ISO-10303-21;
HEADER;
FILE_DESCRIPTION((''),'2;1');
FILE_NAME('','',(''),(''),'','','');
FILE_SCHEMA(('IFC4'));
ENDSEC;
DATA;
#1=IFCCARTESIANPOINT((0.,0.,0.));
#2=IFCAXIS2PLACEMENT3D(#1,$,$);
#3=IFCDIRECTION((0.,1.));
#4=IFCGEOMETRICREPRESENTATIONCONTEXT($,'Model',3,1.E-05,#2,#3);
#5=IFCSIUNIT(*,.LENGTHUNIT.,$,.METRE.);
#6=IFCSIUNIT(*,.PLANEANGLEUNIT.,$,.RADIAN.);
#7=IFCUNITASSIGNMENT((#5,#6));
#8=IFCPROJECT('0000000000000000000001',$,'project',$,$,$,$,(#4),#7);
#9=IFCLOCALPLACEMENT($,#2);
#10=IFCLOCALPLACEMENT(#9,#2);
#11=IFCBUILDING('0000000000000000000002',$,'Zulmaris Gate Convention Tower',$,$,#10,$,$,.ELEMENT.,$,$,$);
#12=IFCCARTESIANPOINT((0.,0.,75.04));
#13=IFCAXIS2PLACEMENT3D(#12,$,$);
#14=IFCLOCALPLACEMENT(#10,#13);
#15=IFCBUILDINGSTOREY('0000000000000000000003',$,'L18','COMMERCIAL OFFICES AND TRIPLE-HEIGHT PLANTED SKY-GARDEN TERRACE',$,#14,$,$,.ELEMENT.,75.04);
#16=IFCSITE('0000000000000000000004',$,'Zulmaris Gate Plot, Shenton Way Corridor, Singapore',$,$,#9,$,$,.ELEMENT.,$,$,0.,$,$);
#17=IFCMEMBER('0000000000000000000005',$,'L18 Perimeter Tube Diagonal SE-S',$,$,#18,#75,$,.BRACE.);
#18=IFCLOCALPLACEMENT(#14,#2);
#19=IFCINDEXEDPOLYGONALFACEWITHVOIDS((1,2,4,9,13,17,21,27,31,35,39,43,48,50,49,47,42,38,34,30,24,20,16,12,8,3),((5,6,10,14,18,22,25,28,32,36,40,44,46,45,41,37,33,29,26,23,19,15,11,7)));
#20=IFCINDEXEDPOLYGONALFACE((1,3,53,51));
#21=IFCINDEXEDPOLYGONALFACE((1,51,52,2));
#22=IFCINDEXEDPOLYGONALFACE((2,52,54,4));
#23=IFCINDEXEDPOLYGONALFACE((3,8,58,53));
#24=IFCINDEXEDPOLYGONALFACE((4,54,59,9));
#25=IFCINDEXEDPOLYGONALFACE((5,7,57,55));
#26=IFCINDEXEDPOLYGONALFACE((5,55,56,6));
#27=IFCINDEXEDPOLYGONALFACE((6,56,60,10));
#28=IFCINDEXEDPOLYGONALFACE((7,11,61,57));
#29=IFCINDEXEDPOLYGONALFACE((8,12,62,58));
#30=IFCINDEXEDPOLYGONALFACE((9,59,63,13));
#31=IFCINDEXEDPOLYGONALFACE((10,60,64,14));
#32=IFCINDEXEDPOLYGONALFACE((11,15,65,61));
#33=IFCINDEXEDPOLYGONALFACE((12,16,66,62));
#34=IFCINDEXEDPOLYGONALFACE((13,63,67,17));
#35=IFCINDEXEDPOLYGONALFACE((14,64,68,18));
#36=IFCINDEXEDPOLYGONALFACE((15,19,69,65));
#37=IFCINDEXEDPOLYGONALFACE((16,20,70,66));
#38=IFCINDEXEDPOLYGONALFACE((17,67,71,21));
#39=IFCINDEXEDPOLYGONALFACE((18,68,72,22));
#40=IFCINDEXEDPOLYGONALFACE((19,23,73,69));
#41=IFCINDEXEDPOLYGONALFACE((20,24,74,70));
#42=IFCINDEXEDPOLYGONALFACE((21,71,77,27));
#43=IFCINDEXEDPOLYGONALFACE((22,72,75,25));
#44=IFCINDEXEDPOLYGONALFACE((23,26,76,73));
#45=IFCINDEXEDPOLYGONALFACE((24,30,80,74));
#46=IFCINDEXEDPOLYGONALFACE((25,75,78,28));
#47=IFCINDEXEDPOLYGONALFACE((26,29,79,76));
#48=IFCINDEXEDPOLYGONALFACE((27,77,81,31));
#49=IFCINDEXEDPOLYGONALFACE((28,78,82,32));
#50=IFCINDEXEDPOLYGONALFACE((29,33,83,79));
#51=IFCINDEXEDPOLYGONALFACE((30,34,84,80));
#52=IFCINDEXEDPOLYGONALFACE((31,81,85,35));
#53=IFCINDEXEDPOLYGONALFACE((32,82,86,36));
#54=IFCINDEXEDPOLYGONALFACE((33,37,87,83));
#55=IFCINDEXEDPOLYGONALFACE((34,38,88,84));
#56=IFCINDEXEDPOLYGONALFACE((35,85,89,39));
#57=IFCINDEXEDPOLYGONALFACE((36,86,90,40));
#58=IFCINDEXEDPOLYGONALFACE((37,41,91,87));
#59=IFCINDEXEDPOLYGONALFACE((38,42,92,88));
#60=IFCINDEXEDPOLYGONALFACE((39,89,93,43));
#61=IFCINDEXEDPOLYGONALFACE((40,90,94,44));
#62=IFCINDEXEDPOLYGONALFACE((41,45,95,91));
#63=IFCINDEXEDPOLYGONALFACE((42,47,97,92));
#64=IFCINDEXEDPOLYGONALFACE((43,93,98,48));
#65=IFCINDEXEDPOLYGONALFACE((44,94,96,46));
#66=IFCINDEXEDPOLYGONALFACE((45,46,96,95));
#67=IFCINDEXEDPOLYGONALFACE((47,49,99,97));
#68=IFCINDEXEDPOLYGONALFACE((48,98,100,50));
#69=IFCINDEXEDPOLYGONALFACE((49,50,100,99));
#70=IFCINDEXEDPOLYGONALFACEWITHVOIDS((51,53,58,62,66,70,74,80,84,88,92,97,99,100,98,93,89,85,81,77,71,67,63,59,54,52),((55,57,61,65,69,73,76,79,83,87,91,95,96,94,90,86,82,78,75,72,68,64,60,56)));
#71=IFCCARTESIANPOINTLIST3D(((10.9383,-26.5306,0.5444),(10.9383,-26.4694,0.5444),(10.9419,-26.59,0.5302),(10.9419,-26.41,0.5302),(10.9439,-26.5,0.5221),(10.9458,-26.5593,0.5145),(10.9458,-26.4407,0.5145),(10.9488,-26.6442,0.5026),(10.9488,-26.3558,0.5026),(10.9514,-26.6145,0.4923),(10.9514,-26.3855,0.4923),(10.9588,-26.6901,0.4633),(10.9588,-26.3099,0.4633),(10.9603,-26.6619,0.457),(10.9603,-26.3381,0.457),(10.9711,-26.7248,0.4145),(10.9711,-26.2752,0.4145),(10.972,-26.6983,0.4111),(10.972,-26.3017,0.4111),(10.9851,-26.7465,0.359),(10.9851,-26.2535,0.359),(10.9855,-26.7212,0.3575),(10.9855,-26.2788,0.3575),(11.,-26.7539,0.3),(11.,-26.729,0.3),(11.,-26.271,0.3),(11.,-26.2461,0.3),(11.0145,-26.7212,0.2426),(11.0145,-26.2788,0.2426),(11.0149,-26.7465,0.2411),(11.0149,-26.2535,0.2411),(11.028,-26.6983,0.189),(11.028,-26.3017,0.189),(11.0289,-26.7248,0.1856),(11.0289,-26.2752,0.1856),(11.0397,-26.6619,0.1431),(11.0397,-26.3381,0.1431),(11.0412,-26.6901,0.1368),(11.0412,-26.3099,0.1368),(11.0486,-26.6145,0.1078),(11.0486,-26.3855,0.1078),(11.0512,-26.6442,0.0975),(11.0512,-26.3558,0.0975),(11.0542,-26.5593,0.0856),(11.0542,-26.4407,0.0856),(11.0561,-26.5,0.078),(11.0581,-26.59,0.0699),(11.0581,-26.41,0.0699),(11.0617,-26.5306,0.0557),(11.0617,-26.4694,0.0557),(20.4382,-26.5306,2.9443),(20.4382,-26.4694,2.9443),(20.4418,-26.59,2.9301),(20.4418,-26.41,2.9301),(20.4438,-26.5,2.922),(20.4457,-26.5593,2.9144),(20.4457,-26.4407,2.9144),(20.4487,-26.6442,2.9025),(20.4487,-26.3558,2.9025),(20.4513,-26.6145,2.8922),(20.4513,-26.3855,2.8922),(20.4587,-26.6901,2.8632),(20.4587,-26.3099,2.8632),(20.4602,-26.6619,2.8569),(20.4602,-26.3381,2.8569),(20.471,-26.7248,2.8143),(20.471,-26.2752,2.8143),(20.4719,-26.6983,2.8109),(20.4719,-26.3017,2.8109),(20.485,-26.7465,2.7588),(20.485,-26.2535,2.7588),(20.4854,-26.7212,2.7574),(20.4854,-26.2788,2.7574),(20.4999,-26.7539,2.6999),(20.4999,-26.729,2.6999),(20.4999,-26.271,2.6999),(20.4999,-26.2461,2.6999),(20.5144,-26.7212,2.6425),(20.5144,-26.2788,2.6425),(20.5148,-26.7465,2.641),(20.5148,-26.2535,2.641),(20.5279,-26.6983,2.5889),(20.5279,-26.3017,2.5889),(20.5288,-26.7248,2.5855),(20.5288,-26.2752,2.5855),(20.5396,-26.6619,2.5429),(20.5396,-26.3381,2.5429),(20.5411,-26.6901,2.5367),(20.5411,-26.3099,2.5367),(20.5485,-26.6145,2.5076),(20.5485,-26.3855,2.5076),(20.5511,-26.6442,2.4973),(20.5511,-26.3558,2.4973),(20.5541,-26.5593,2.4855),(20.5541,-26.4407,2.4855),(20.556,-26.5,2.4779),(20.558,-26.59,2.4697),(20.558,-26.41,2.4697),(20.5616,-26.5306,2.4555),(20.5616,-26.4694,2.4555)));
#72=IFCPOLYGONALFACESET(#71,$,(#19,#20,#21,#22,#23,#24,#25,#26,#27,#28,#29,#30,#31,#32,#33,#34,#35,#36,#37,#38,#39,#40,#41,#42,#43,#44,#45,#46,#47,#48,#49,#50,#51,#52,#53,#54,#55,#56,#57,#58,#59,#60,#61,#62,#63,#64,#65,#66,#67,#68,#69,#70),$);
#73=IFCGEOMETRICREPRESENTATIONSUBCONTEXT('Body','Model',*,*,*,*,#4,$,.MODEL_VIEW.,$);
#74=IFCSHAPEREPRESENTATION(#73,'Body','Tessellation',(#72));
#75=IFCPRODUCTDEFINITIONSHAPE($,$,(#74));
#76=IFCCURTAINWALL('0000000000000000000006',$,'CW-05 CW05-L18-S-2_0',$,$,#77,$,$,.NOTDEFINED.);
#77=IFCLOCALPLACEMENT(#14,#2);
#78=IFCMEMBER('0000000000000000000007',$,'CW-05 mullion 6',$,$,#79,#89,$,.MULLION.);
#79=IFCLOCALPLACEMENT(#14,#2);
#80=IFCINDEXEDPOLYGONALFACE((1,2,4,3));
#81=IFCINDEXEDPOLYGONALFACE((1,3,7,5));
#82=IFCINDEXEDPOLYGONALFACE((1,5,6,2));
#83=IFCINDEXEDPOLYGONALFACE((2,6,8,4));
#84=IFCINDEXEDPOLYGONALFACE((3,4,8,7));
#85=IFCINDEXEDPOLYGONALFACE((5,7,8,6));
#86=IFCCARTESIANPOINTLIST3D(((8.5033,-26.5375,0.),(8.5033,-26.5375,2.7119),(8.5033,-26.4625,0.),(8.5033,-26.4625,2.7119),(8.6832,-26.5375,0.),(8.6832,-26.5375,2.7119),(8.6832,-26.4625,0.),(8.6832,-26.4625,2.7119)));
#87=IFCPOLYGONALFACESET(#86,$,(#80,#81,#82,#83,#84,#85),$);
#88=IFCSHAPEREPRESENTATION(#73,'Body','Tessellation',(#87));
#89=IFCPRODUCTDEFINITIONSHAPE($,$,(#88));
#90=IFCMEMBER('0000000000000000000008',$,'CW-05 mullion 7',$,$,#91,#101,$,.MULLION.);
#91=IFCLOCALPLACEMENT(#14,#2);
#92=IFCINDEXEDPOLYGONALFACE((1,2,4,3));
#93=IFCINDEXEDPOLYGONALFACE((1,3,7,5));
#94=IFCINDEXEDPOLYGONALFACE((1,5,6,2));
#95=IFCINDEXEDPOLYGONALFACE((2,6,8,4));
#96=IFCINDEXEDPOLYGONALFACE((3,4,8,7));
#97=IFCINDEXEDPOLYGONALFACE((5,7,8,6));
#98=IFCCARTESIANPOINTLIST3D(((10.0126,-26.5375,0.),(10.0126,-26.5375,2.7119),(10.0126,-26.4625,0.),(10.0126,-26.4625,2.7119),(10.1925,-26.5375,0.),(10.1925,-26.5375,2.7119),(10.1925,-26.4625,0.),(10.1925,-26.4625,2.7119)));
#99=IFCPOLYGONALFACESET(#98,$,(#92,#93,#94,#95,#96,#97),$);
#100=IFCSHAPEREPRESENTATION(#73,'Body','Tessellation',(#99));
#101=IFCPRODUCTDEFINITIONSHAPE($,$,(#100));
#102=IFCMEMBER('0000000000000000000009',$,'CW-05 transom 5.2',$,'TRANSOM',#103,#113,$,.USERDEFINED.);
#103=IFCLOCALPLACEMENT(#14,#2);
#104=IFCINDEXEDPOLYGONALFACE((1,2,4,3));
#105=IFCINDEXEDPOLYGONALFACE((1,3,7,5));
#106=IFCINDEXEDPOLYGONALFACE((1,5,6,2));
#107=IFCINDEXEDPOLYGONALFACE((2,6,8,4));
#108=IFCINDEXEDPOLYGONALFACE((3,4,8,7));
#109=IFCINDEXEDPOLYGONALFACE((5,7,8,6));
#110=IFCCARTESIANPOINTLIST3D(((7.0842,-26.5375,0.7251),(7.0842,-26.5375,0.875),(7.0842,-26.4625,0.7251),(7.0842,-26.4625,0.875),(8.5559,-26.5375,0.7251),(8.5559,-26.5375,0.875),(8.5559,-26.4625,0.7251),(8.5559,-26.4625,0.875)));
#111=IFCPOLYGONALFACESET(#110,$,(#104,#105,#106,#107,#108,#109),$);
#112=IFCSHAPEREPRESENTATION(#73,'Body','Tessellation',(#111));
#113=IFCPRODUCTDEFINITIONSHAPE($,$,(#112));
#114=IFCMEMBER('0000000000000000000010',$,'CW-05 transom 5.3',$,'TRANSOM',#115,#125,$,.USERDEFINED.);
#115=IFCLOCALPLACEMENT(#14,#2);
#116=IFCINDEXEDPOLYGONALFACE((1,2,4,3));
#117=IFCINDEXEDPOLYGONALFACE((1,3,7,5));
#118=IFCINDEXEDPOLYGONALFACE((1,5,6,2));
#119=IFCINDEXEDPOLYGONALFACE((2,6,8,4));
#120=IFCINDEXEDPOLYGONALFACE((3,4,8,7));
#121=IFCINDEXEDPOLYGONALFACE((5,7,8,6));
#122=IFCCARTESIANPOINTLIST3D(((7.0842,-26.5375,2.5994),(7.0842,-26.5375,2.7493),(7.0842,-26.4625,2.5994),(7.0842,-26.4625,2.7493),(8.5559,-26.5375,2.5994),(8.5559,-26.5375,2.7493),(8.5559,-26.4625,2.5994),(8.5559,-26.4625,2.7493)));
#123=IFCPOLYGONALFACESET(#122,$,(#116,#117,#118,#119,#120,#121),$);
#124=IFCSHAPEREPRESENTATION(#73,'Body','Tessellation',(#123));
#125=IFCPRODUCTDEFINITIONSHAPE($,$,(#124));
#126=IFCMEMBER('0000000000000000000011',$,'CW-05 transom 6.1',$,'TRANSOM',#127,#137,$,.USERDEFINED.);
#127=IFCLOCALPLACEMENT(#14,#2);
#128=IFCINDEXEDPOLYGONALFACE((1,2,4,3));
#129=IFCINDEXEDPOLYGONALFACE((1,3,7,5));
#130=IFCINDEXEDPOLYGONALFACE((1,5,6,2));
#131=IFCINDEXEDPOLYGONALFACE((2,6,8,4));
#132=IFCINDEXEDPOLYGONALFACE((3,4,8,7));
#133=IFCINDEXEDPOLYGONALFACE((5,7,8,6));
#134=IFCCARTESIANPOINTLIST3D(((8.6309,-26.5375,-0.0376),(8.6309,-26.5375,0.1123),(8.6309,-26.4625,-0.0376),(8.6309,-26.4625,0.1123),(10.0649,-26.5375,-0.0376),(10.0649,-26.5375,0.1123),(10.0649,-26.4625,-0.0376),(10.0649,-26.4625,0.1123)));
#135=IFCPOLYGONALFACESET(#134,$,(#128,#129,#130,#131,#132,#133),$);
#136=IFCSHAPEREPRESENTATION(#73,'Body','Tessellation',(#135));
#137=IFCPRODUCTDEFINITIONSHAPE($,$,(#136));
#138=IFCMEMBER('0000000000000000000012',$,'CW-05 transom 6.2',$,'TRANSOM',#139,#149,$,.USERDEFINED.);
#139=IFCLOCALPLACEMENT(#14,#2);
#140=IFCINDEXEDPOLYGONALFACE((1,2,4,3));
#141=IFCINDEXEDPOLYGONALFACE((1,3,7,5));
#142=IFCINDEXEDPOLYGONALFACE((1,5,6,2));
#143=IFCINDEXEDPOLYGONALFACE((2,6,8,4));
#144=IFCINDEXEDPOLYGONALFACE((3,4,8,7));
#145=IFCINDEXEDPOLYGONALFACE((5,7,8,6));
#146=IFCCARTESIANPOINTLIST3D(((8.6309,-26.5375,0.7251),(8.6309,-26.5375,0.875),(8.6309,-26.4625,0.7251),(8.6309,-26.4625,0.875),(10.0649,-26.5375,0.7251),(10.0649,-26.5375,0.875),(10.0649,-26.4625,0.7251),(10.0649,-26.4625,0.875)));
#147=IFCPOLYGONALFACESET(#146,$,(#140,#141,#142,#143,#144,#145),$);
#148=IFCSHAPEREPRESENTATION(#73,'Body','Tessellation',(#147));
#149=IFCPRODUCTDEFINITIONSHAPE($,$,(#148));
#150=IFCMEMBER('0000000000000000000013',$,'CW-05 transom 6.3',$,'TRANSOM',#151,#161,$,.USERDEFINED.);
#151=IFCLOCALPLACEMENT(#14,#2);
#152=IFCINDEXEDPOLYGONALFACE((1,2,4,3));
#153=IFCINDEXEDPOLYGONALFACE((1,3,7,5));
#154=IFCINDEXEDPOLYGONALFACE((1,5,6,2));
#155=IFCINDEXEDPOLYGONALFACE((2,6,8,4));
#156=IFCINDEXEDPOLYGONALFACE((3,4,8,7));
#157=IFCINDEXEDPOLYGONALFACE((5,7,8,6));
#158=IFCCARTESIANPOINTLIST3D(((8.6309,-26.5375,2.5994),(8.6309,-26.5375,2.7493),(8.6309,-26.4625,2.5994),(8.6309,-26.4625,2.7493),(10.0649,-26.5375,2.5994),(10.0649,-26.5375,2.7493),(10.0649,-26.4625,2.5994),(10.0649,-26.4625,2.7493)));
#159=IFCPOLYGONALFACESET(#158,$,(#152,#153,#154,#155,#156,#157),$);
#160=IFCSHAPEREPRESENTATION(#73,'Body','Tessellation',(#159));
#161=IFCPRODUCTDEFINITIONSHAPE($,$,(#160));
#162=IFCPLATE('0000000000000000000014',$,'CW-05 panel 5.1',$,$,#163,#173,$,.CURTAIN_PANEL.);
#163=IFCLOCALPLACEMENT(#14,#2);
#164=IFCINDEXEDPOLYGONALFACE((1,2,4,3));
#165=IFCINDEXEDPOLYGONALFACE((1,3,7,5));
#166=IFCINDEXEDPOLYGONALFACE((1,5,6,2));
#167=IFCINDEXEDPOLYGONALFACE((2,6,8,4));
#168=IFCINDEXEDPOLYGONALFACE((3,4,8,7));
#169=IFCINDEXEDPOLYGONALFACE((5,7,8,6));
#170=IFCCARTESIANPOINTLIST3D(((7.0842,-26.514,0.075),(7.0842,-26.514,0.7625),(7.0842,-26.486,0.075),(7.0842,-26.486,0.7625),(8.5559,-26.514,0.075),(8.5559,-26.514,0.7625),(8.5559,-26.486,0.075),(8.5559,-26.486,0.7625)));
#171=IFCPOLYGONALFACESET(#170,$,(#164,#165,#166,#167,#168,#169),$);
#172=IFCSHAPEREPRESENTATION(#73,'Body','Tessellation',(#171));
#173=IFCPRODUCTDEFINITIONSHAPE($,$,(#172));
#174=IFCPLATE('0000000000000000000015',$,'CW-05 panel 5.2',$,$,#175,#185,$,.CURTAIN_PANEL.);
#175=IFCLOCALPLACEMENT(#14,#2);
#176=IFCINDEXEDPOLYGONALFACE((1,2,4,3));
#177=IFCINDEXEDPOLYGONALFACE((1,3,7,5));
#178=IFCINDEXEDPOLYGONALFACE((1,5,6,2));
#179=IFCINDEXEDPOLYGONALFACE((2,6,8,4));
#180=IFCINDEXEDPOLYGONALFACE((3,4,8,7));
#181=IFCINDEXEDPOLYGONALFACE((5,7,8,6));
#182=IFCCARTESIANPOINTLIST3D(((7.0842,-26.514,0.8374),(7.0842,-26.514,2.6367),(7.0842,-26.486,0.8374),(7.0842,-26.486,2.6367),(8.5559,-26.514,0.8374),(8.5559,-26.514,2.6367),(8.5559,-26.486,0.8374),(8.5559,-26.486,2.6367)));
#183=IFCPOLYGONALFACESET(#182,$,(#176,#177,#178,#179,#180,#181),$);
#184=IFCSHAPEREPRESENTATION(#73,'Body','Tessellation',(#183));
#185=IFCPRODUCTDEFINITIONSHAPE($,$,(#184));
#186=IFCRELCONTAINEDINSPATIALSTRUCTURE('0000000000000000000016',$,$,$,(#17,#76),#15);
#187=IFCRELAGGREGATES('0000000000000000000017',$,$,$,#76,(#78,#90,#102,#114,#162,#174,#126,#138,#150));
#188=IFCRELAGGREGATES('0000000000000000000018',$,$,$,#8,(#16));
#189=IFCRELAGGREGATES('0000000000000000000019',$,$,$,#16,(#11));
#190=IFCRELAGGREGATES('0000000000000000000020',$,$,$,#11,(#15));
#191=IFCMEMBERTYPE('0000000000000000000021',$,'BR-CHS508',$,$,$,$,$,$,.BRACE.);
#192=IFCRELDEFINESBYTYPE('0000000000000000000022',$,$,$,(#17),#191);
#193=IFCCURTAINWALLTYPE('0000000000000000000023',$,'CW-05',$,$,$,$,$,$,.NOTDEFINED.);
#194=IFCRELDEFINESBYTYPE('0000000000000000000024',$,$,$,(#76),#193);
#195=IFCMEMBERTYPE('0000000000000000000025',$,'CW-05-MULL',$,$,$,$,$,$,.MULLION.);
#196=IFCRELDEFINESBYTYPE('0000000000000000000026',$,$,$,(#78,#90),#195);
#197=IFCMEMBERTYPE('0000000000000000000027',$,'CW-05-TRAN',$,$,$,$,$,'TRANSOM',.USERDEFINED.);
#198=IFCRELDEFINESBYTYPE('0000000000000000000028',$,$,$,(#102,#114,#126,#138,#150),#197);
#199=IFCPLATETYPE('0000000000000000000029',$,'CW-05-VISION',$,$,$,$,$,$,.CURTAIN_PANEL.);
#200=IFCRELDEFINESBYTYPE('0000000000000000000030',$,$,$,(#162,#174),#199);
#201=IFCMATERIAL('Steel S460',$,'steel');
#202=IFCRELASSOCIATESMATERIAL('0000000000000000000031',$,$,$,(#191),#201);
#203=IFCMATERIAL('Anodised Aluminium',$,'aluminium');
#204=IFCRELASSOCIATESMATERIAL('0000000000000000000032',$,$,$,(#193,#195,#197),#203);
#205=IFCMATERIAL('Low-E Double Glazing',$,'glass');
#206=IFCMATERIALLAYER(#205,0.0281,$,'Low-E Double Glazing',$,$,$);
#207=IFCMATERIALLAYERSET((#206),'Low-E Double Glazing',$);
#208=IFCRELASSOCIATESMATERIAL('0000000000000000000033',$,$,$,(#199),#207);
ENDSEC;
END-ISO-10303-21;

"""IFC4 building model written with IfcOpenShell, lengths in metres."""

from ifc_helpers import new_model, si_unit, direction, frame, origin, origin_2d, place, context, subcontext, project, spatial, rectangle, hollow_circle, extrude, material, layer, layer_set, material_profile, profile_set, type_object, element, aggregate, save


model = new_model("IFC4")

# Units and contexts
model_context = context("Model", 3, precision=1e-05, world=origin(), true_north=direction((0.0, 1.0)))
body_context = subcontext(model_context, "Body", "Model", "MODEL_VIEW")
ifc_project = project(units=[si_unit("LENGTHUNIT", "METRE"), si_unit("PLANEANGLEUNIT", "RADIAN")], contexts=[model_context])

# Site, building, storey
site_placement = place(None, origin())
site = spatial("IfcSite", under=ifc_project, at=site_placement, Name="Zulmaris Gate Plot, Shenton Way Corridor, Singapore", CompositionType="ELEMENT", RefElevation=0.0)
building_placement = place(site_placement, origin())
building = spatial("IfcBuilding", under=site, at=building_placement, Name="Zulmaris Gate Convention Tower", CompositionType="ELEMENT")
storey_placement = place(building_placement, frame((0.0, 0.0, 75.04)))
storey = spatial("IfcBuildingStorey", under=building, at=storey_placement, Name="L18", Description="COMMERCIAL OFFICES AND TRIPLE-HEIGHT PLANTED SKY-GARDEN TERRACE", CompositionType="ELEMENT", Elevation=75.04)

# Member
ifc_material_1 = material(Name="Steel S460", Category="steel")
ifc_material_profile_1 = material_profile(ifc_material_1, hollow_circle(Radius=0.2539, WallThickness=0.0249, at=origin_2d()), Name="CHS 508x25")
ifc_profile_set_1 = profile_set([ifc_material_profile_1], Name="Steel S460")
member_type_1 = type_object("IfcMemberType", Name="BR-CHS508", PredefinedType="BRACE", material=ifc_profile_set_1)
member_1_placement = place(storey_placement, frame((11.0, -26.5, 0.3), z_axis=(0.969542, 0.0, 0.244927), x_axis=(0.0, 1.0, 0.0)))
element("IfcMember", 1, at=member_1_placement, inside=storey, type_object=member_type_1, Name="L18 Perimeter Tube Diagonal SE-S", PredefinedType="BRACE", context=body_context, shape_type="SweptSolid", body=[
    extrude(hollow_circle(Radius=0.2539, WallThickness=0.0249, at=origin_2d()), origin(), (0.0, 0.0, 1.0), 9.7983),
])

# Curtain wall, members, plates
ifc_material_2 = material(Name="Anodised Aluminium", Category="aluminium")
curtain_wall_type = type_object("IfcCurtainWallType", Name="CW-05", PredefinedType="NOTDEFINED", material=ifc_material_2)
curtain_wall_placement = place(storey_placement, origin())
curtain_wall = element("IfcCurtainWall", 2, at=curtain_wall_placement, inside=storey, type_object=curtain_wall_type, Name="CW-05 CW05-L18-S-2_0", PredefinedType="NOTDEFINED")
ifc_material_profile_2 = material_profile(ifc_material_2, rectangle(XDim=0.075, YDim=0.1799, at=origin_2d()), Name="ALU MULLION 75x180")
ifc_profile_set_2 = profile_set([ifc_material_profile_2], Name="Anodised Aluminium")
member_type_2 = type_object("IfcMemberType", Name="CW-05-MULL", PredefinedType="MULLION", material=ifc_profile_set_2)
member_2_placement = place(storey_placement, frame((8.5933, -26.5, 0.0), z_axis=(0.0, 0.0, 1.0), x_axis=(0.0, 1.0, 0.0)))
member_2 = element("IfcMember", 3, at=member_2_placement, type_object=member_type_2, Name="CW-05 mullion 6", PredefinedType="MULLION", context=body_context, shape_type="SweptSolid", body=[
    extrude(rectangle(XDim=0.075, YDim=0.1799, at=origin_2d()), origin(), (0.0, 0.0, 1.0), 2.7119),
])
member_3_placement = place(storey_placement, frame((10.1025, -26.5, 0.0), z_axis=(0.0, 0.0, 1.0), x_axis=(0.0, 1.0, 0.0)))
member_3 = element("IfcMember", 4, at=member_3_placement, type_object=member_type_2, Name="CW-05 mullion 7", PredefinedType="MULLION", context=body_context, shape_type="SweptSolid", body=[
    extrude(rectangle(XDim=0.075, YDim=0.1799, at=origin_2d()), origin(), (0.0, 0.0, 1.0), 2.7119),
])
ifc_material_profile_3 = material_profile(ifc_material_2, rectangle(XDim=0.075, YDim=0.1499, at=origin_2d()), Name="ALU TRANSOM 75x150")
ifc_profile_set_3 = profile_set([ifc_material_profile_3], Name="Anodised Aluminium")
member_type_3 = type_object("IfcMemberType", Name="CW-05-TRAN", ElementType="TRANSOM", PredefinedType="USERDEFINED", material=ifc_profile_set_3)
member_4_placement = place(storey_placement, frame((7.0842, -26.5, 0.8), z_axis=(1.0, 0.0, 0.0), x_axis=(0.0, 1.0, 0.0)))
member_4 = element("IfcMember", 5, at=member_4_placement, type_object=member_type_3, Name="CW-05 transom 5.2", ObjectType="TRANSOM", PredefinedType="USERDEFINED", context=body_context, shape_type="SweptSolid", body=[
    extrude(rectangle(XDim=0.075, YDim=0.1499, at=origin_2d()), origin(), (0.0, 0.0, 1.0), 1.4717),
])
member_5_placement = place(storey_placement, frame((7.0842, -26.5, 2.6743), z_axis=(1.0, 0.0, 0.0), x_axis=(0.0, 1.0, 0.0)))
member_5 = element("IfcMember", 6, at=member_5_placement, type_object=member_type_3, Name="CW-05 transom 5.3", ObjectType="TRANSOM", PredefinedType="USERDEFINED", context=body_context, shape_type="SweptSolid", body=[
    extrude(rectangle(XDim=0.075, YDim=0.1499, at=origin_2d()), origin(), (0.0, 0.0, 1.0), 1.4717),
])
member_6_placement = place(storey_placement, frame((8.6309, -26.5, 0.0374), z_axis=(1.0, 0.0, 0.0), x_axis=(0.0, 1.0, 0.0)))
member_6 = element("IfcMember", 7, at=member_6_placement, type_object=member_type_3, Name="CW-05 transom 6.1", ObjectType="TRANSOM", PredefinedType="USERDEFINED", context=body_context, shape_type="SweptSolid", body=[
    extrude(rectangle(XDim=0.075, YDim=0.1499, at=origin_2d()), origin(), (0.0, 0.0, 1.0), 1.4341),
])
member_7_placement = place(storey_placement, frame((8.6309, -26.5, 0.8), z_axis=(1.0, 0.0, 0.0), x_axis=(0.0, 1.0, 0.0)))
member_7 = element("IfcMember", 8, at=member_7_placement, type_object=member_type_3, Name="CW-05 transom 6.2", ObjectType="TRANSOM", PredefinedType="USERDEFINED", context=body_context, shape_type="SweptSolid", body=[
    extrude(rectangle(XDim=0.075, YDim=0.1499, at=origin_2d()), origin(), (0.0, 0.0, 1.0), 1.4341),
])
member_8_placement = place(storey_placement, frame((8.6309, -26.5, 2.6743), z_axis=(1.0, 0.0, 0.0), x_axis=(0.0, 1.0, 0.0)))
member_8 = element("IfcMember", 9, at=member_8_placement, type_object=member_type_3, Name="CW-05 transom 6.3", ObjectType="TRANSOM", PredefinedType="USERDEFINED", context=body_context, shape_type="SweptSolid", body=[
    extrude(rectangle(XDim=0.075, YDim=0.1499, at=origin_2d()), origin(), (0.0, 0.0, 1.0), 1.4341),
])
ifc_material_3 = material(Name="Low-E Double Glazing", Category="glass")
ifc_layer_1 = layer(ifc_material_3, 0.0281, Name="Low-E Double Glazing")
ifc_layer_set_1 = layer_set([ifc_layer_1], Name="Low-E Double Glazing")
plate_type_1 = type_object("IfcPlateType", Name="CW-05-VISION", PredefinedType="CURTAIN_PANEL", material=ifc_layer_set_1)
plate_1_placement = place(storey_placement, frame((7.8201, -26.5, 0.075), z_axis=(0.0, 0.0, 1.0), x_axis=(1.0, 0.0, 0.0)))
plate_1 = element("IfcPlate", 10, at=plate_1_placement, type_object=plate_type_1, Name="CW-05 panel 5.1", PredefinedType="CURTAIN_PANEL", context=body_context, shape_type="SweptSolid", body=[
    extrude(rectangle(XDim=1.4717, YDim=0.0281, at=origin_2d()), origin(), (0.0, 0.0, 1.0), 0.6875),
])
plate_2_placement = place(storey_placement, frame((7.8201, -26.5, 0.8374), z_axis=(0.0, 0.0, 1.0), x_axis=(1.0, 0.0, 0.0)))
plate_2 = element("IfcPlate", 11, at=plate_2_placement, type_object=plate_type_1, Name="CW-05 panel 5.2", PredefinedType="CURTAIN_PANEL", context=body_context, shape_type="SweptSolid", body=[
    extrude(rectangle(XDim=1.4717, YDim=0.0281, at=origin_2d()), origin(), (0.0, 0.0, 1.0), 1.7993),
])
aggregate(curtain_wall, [member_2, member_3, member_4, member_5, plate_1, plate_2, member_6, member_7, member_8])

save(model, "model.ifc")
